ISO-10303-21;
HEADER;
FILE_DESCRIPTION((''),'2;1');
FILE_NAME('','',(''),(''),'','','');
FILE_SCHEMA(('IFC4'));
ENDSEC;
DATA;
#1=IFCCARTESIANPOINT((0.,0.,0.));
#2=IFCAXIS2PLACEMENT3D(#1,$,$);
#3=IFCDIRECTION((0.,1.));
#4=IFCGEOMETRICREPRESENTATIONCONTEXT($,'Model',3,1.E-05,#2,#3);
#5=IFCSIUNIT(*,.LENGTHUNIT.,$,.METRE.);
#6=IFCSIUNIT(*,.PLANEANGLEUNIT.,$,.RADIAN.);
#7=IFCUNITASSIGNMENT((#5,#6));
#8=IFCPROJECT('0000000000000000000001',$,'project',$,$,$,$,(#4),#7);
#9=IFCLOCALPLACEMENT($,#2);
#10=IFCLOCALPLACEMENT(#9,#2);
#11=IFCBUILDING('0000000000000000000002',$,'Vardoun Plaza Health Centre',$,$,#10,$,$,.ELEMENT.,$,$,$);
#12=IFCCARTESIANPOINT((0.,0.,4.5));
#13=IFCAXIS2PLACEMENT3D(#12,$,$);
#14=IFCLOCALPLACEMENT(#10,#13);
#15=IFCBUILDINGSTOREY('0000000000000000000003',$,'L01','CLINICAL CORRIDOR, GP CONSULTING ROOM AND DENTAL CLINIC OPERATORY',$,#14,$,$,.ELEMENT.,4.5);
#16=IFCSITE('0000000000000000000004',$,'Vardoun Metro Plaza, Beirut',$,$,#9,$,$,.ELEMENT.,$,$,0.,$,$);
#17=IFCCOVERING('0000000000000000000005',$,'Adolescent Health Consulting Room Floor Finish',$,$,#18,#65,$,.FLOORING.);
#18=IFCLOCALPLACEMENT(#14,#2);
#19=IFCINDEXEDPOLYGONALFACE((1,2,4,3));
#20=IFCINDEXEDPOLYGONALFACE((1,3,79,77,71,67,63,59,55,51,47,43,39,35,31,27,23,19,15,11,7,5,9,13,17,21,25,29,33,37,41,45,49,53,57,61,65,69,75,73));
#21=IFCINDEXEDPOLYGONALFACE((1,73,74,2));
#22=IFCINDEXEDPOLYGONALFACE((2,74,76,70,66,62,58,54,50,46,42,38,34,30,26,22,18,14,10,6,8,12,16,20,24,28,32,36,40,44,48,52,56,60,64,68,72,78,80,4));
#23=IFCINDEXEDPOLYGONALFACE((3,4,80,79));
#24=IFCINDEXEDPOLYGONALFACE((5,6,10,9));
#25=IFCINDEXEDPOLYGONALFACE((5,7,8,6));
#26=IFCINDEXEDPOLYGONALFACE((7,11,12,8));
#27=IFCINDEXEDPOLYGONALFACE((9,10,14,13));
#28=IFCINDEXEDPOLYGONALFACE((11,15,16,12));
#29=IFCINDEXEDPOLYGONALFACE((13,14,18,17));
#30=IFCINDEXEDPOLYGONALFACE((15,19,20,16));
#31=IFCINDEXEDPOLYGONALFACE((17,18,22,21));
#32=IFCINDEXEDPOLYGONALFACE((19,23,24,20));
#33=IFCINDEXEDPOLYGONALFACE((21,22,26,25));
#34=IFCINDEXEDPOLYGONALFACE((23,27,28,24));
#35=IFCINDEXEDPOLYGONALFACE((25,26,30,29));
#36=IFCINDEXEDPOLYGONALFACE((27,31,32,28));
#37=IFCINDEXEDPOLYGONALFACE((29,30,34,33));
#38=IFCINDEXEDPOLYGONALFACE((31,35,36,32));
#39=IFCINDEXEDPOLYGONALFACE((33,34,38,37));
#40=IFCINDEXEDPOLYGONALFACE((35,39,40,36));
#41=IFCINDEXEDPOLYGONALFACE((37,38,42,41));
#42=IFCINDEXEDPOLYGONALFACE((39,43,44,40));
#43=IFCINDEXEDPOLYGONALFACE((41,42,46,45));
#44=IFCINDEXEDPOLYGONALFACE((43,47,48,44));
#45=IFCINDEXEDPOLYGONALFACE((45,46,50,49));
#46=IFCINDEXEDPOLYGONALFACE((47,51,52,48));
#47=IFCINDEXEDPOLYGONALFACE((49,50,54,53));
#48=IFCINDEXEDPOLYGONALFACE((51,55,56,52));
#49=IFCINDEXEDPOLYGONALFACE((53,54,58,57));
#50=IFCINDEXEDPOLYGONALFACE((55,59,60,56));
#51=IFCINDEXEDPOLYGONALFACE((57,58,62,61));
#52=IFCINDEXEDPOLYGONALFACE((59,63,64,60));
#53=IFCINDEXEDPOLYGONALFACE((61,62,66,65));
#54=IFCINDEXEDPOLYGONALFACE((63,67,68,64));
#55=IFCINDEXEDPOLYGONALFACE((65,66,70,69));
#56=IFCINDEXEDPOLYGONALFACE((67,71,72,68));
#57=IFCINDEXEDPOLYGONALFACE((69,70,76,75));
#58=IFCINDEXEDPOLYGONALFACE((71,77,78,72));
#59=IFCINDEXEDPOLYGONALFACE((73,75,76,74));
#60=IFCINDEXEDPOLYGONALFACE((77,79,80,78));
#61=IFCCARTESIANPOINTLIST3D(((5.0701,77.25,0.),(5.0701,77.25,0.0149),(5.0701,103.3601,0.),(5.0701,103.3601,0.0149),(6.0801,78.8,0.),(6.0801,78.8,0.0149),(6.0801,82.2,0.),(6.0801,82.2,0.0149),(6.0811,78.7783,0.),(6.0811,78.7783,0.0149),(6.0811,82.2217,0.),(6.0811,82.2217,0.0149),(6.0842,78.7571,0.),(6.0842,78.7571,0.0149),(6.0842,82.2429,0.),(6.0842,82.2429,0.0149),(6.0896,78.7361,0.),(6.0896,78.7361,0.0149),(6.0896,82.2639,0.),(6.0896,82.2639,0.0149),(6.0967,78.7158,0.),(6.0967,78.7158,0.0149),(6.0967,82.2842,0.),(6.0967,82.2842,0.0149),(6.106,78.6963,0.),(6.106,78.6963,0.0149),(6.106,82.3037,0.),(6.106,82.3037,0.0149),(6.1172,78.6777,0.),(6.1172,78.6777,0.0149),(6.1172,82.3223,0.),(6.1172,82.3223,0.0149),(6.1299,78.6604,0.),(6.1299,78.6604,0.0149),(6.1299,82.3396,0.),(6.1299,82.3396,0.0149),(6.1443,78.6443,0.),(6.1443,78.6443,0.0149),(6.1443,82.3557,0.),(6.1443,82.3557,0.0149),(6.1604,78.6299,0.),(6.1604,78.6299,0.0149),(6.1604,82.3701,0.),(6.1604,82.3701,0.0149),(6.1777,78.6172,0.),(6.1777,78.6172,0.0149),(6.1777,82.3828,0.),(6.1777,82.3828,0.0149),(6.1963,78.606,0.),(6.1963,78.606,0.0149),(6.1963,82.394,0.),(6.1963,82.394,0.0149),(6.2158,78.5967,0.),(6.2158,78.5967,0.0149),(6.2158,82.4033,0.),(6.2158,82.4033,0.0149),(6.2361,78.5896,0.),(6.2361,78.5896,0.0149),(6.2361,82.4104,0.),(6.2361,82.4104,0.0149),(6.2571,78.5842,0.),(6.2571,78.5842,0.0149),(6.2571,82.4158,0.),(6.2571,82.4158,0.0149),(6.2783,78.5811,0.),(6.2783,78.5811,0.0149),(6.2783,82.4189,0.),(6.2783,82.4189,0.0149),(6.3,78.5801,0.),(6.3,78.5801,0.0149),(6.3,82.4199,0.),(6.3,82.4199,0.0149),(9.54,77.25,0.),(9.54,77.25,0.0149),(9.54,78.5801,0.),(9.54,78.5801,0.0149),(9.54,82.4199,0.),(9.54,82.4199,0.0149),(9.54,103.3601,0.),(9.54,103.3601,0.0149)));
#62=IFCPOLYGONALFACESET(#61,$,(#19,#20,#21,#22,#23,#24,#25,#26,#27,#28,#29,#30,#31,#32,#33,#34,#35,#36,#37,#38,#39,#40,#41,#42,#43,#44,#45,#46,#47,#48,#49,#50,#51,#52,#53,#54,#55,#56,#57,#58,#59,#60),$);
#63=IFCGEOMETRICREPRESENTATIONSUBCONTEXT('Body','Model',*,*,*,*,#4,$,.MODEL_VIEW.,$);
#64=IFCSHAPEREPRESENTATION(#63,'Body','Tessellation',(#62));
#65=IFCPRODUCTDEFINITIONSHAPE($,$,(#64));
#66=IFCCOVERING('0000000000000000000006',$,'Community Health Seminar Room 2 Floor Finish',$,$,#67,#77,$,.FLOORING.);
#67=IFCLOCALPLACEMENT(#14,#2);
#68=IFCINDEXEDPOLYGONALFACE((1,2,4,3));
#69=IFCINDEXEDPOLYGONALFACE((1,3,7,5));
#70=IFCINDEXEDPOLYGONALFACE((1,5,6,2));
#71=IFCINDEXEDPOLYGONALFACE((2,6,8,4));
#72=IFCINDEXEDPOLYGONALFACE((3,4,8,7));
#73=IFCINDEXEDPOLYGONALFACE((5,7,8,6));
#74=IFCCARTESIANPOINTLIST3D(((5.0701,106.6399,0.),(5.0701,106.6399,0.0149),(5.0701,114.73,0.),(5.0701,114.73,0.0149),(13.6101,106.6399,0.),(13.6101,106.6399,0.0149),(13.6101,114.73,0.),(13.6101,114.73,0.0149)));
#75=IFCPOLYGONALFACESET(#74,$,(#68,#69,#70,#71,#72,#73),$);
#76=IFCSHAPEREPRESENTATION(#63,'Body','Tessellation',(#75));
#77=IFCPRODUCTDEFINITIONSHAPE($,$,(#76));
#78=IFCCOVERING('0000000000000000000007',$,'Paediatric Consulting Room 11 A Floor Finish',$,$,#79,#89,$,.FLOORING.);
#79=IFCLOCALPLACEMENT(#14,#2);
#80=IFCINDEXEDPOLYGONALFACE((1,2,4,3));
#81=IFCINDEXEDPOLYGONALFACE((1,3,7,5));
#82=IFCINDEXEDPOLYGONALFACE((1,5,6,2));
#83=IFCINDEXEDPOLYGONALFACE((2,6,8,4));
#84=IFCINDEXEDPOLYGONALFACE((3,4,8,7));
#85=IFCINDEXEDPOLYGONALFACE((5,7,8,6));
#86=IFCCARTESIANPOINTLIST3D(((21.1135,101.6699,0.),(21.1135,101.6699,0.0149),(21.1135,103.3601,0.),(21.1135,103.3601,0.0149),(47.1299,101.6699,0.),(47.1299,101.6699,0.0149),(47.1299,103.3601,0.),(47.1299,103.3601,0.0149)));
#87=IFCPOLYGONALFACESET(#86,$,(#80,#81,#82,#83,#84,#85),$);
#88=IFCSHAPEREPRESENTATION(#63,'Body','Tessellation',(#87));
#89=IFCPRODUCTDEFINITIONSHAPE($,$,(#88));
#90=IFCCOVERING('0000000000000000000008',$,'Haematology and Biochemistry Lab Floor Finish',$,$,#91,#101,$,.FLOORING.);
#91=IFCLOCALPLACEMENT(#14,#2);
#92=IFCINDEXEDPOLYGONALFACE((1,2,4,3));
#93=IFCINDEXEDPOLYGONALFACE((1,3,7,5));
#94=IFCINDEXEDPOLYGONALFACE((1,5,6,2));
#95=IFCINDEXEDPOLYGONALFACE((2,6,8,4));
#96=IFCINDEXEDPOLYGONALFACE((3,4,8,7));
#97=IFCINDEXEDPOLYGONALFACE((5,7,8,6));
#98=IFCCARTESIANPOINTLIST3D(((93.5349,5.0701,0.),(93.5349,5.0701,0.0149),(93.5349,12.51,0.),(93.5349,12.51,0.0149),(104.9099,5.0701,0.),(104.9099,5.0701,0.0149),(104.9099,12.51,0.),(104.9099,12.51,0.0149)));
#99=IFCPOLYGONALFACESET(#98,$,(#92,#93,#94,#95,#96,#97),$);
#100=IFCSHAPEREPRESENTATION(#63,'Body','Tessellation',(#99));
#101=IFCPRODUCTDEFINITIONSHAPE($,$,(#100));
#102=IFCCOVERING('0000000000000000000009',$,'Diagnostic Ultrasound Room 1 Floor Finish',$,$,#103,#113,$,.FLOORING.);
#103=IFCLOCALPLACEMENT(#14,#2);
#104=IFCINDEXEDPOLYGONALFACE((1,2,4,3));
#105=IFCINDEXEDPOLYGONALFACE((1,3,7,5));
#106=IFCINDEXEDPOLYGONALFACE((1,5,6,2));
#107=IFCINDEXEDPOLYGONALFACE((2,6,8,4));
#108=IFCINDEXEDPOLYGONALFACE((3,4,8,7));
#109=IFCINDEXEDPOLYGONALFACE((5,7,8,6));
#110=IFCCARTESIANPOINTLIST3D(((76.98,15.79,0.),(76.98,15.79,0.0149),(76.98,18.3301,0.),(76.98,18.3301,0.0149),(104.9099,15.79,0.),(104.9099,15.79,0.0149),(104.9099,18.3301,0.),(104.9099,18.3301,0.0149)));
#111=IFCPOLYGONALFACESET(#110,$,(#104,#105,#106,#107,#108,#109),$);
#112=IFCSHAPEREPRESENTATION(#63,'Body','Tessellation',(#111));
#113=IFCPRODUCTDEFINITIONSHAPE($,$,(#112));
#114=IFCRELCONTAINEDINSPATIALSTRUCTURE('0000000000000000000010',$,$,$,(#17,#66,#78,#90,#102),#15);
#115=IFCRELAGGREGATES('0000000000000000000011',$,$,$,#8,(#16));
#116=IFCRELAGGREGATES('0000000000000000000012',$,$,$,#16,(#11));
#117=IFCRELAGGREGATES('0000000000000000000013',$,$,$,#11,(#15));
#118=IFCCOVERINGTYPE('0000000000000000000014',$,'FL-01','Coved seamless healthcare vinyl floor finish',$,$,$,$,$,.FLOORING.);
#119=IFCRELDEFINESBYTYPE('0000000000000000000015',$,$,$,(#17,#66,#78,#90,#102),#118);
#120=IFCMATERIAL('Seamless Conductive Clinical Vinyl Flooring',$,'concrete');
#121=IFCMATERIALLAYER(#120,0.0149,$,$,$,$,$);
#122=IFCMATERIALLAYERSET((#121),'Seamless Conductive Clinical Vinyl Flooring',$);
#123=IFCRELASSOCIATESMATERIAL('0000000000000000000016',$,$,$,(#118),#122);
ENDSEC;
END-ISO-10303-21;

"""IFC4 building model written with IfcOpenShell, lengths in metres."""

from ifc_helpers import new_model, si_unit, direction, frame, origin, place, context, subcontext, project, spatial, polyline, outline, extrude, material, layer, layer_set, type_object, element, save


model = new_model("IFC4")

# Units and contexts
model_context = context("Model", 3, precision=1e-05, world=origin(), true_north=direction((0.0, 1.0)))
body_context = subcontext(model_context, "Body", "Model", "MODEL_VIEW")
ifc_project = project(units=[si_unit("LENGTHUNIT", "METRE"), si_unit("PLANEANGLEUNIT", "RADIAN")], contexts=[model_context])

# Site, building, storey
site_placement = place(None, origin())
site = spatial("IfcSite", under=ifc_project, at=site_placement, Name="Vardoun Metro Plaza, Beirut", CompositionType="ELEMENT", RefElevation=0.0)
building_placement = place(site_placement, origin())
building = spatial("IfcBuilding", under=site, at=building_placement, Name="Vardoun Plaza Health Centre", CompositionType="ELEMENT")
storey_placement = place(building_placement, frame((0.0, 0.0, 4.5)))
storey = spatial("IfcBuildingStorey", under=building, at=storey_placement, Name="L01", Description="CLINICAL CORRIDOR, GP CONSULTING ROOM AND DENTAL CLINIC OPERATORY", CompositionType="ELEMENT", Elevation=4.5)

# Coverings
ifc_material_1 = material(Name="Seamless Conductive Clinical Vinyl Flooring", Category="concrete")
ifc_layer_1 = layer(ifc_material_1, 0.0149)
ifc_layer_set_1 = layer_set([ifc_layer_1], Name="Seamless Conductive Clinical Vinyl Flooring")
covering_type_1 = type_object("IfcCoveringType", Name="FL-01", Description="Coved seamless healthcare vinyl floor finish", PredefinedType="FLOORING", material=ifc_layer_set_1)
covering_1_placement = place(storey_placement, origin())
element("IfcCovering", 1, at=covering_1_placement, inside=storey, type_object=covering_type_1, Name="Adolescent Health Consulting Room Floor Finish", PredefinedType="FLOORING", context=body_context, shape_type="SweptSolid", body=[
    extrude(outline(polyline([(5.0701, 103.3601), (9.54, 103.3601), (9.54, 82.4199), (6.3, 82.4199), (6.2783, 82.4189), (6.2571, 82.4158), (6.2361, 82.4104), (6.2158, 82.4033), (6.1963, 82.394), (6.1777, 82.3828), (6.1604, 82.3701), (6.1443, 82.3557), (6.1299, 82.3396), (6.1172, 82.3223), (6.106, 82.3037), (6.0967, 82.2842), (6.0896, 82.2639), (6.0842, 82.2429), (6.0811, 82.2217), (6.0801, 82.2), (6.0801, 78.8), (6.0811, 78.7783), (6.0842, 78.7571), (6.0896, 78.7361), (6.0967, 78.7158), (6.106, 78.6963), (6.1172, 78.6777), (6.1299, 78.6604), (6.1443, 78.6443), (6.1604, 78.6299), (6.1777, 78.6172), (6.1963, 78.606), (6.2158, 78.5967), (6.2361, 78.5896), (6.2571, 78.5842), (6.2783, 78.5811), (6.3, 78.5801), (9.54, 78.5801), (9.54, 77.25), (5.0701, 77.25), (5.0701, 103.3601)])), origin(), (0.0, 0.0, 1.0), 0.0149),
])
covering_2_placement = place(storey_placement, origin())
element("IfcCovering", 2, at=covering_2_placement, inside=storey, type_object=covering_type_1, Name="Community Health Seminar Room 2 Floor Finish", PredefinedType="FLOORING", context=body_context, shape_type="SweptSolid", body=[
    extrude(outline(polyline([(13.6101, 114.73), (13.6101, 106.6399), (5.0701, 106.6399), (5.0701, 114.73), (13.6101, 114.73)])), origin(), (0.0, 0.0, 1.0), 0.0149),
])
covering_3_placement = place(storey_placement, origin())
element("IfcCovering", 3, at=covering_3_placement, inside=storey, type_object=covering_type_1, Name="Paediatric Consulting Room 11 A Floor Finish", PredefinedType="FLOORING", context=body_context, shape_type="SweptSolid", body=[
    extrude(outline(polyline([(21.1135, 101.6699), (21.1135, 103.3601), (47.1299, 103.3601), (47.1299, 101.6699), (21.1135, 101.6699)])), origin(), (0.0, 0.0, 1.0), 0.0149),
])
covering_4_placement = place(storey_placement, origin())
element("IfcCovering", 4, at=covering_4_placement, inside=storey, type_object=covering_type_1, Name="Haematology and Biochemistry Lab Floor Finish", PredefinedType="FLOORING", context=body_context, shape_type="SweptSolid", body=[
    extrude(outline(polyline([(93.5349, 5.0701), (93.5349, 12.51), (104.9099, 12.51), (104.9099, 5.0701), (93.5349, 5.0701)])), origin(), (0.0, 0.0, 1.0), 0.0149),
])
covering_5_placement = place(storey_placement, origin())
element("IfcCovering", 5, at=covering_5_placement, inside=storey, type_object=covering_type_1, Name="Diagnostic Ultrasound Room 1 Floor Finish", PredefinedType="FLOORING", context=body_context, shape_type="SweptSolid", body=[
    extrude(outline(polyline([(104.9099, 18.3301), (104.9099, 15.79), (76.98, 15.79), (76.98, 18.3301), (104.9099, 18.3301)])), origin(), (0.0, 0.0, 1.0), 0.0149),
])

save(model, "model.ifc")
